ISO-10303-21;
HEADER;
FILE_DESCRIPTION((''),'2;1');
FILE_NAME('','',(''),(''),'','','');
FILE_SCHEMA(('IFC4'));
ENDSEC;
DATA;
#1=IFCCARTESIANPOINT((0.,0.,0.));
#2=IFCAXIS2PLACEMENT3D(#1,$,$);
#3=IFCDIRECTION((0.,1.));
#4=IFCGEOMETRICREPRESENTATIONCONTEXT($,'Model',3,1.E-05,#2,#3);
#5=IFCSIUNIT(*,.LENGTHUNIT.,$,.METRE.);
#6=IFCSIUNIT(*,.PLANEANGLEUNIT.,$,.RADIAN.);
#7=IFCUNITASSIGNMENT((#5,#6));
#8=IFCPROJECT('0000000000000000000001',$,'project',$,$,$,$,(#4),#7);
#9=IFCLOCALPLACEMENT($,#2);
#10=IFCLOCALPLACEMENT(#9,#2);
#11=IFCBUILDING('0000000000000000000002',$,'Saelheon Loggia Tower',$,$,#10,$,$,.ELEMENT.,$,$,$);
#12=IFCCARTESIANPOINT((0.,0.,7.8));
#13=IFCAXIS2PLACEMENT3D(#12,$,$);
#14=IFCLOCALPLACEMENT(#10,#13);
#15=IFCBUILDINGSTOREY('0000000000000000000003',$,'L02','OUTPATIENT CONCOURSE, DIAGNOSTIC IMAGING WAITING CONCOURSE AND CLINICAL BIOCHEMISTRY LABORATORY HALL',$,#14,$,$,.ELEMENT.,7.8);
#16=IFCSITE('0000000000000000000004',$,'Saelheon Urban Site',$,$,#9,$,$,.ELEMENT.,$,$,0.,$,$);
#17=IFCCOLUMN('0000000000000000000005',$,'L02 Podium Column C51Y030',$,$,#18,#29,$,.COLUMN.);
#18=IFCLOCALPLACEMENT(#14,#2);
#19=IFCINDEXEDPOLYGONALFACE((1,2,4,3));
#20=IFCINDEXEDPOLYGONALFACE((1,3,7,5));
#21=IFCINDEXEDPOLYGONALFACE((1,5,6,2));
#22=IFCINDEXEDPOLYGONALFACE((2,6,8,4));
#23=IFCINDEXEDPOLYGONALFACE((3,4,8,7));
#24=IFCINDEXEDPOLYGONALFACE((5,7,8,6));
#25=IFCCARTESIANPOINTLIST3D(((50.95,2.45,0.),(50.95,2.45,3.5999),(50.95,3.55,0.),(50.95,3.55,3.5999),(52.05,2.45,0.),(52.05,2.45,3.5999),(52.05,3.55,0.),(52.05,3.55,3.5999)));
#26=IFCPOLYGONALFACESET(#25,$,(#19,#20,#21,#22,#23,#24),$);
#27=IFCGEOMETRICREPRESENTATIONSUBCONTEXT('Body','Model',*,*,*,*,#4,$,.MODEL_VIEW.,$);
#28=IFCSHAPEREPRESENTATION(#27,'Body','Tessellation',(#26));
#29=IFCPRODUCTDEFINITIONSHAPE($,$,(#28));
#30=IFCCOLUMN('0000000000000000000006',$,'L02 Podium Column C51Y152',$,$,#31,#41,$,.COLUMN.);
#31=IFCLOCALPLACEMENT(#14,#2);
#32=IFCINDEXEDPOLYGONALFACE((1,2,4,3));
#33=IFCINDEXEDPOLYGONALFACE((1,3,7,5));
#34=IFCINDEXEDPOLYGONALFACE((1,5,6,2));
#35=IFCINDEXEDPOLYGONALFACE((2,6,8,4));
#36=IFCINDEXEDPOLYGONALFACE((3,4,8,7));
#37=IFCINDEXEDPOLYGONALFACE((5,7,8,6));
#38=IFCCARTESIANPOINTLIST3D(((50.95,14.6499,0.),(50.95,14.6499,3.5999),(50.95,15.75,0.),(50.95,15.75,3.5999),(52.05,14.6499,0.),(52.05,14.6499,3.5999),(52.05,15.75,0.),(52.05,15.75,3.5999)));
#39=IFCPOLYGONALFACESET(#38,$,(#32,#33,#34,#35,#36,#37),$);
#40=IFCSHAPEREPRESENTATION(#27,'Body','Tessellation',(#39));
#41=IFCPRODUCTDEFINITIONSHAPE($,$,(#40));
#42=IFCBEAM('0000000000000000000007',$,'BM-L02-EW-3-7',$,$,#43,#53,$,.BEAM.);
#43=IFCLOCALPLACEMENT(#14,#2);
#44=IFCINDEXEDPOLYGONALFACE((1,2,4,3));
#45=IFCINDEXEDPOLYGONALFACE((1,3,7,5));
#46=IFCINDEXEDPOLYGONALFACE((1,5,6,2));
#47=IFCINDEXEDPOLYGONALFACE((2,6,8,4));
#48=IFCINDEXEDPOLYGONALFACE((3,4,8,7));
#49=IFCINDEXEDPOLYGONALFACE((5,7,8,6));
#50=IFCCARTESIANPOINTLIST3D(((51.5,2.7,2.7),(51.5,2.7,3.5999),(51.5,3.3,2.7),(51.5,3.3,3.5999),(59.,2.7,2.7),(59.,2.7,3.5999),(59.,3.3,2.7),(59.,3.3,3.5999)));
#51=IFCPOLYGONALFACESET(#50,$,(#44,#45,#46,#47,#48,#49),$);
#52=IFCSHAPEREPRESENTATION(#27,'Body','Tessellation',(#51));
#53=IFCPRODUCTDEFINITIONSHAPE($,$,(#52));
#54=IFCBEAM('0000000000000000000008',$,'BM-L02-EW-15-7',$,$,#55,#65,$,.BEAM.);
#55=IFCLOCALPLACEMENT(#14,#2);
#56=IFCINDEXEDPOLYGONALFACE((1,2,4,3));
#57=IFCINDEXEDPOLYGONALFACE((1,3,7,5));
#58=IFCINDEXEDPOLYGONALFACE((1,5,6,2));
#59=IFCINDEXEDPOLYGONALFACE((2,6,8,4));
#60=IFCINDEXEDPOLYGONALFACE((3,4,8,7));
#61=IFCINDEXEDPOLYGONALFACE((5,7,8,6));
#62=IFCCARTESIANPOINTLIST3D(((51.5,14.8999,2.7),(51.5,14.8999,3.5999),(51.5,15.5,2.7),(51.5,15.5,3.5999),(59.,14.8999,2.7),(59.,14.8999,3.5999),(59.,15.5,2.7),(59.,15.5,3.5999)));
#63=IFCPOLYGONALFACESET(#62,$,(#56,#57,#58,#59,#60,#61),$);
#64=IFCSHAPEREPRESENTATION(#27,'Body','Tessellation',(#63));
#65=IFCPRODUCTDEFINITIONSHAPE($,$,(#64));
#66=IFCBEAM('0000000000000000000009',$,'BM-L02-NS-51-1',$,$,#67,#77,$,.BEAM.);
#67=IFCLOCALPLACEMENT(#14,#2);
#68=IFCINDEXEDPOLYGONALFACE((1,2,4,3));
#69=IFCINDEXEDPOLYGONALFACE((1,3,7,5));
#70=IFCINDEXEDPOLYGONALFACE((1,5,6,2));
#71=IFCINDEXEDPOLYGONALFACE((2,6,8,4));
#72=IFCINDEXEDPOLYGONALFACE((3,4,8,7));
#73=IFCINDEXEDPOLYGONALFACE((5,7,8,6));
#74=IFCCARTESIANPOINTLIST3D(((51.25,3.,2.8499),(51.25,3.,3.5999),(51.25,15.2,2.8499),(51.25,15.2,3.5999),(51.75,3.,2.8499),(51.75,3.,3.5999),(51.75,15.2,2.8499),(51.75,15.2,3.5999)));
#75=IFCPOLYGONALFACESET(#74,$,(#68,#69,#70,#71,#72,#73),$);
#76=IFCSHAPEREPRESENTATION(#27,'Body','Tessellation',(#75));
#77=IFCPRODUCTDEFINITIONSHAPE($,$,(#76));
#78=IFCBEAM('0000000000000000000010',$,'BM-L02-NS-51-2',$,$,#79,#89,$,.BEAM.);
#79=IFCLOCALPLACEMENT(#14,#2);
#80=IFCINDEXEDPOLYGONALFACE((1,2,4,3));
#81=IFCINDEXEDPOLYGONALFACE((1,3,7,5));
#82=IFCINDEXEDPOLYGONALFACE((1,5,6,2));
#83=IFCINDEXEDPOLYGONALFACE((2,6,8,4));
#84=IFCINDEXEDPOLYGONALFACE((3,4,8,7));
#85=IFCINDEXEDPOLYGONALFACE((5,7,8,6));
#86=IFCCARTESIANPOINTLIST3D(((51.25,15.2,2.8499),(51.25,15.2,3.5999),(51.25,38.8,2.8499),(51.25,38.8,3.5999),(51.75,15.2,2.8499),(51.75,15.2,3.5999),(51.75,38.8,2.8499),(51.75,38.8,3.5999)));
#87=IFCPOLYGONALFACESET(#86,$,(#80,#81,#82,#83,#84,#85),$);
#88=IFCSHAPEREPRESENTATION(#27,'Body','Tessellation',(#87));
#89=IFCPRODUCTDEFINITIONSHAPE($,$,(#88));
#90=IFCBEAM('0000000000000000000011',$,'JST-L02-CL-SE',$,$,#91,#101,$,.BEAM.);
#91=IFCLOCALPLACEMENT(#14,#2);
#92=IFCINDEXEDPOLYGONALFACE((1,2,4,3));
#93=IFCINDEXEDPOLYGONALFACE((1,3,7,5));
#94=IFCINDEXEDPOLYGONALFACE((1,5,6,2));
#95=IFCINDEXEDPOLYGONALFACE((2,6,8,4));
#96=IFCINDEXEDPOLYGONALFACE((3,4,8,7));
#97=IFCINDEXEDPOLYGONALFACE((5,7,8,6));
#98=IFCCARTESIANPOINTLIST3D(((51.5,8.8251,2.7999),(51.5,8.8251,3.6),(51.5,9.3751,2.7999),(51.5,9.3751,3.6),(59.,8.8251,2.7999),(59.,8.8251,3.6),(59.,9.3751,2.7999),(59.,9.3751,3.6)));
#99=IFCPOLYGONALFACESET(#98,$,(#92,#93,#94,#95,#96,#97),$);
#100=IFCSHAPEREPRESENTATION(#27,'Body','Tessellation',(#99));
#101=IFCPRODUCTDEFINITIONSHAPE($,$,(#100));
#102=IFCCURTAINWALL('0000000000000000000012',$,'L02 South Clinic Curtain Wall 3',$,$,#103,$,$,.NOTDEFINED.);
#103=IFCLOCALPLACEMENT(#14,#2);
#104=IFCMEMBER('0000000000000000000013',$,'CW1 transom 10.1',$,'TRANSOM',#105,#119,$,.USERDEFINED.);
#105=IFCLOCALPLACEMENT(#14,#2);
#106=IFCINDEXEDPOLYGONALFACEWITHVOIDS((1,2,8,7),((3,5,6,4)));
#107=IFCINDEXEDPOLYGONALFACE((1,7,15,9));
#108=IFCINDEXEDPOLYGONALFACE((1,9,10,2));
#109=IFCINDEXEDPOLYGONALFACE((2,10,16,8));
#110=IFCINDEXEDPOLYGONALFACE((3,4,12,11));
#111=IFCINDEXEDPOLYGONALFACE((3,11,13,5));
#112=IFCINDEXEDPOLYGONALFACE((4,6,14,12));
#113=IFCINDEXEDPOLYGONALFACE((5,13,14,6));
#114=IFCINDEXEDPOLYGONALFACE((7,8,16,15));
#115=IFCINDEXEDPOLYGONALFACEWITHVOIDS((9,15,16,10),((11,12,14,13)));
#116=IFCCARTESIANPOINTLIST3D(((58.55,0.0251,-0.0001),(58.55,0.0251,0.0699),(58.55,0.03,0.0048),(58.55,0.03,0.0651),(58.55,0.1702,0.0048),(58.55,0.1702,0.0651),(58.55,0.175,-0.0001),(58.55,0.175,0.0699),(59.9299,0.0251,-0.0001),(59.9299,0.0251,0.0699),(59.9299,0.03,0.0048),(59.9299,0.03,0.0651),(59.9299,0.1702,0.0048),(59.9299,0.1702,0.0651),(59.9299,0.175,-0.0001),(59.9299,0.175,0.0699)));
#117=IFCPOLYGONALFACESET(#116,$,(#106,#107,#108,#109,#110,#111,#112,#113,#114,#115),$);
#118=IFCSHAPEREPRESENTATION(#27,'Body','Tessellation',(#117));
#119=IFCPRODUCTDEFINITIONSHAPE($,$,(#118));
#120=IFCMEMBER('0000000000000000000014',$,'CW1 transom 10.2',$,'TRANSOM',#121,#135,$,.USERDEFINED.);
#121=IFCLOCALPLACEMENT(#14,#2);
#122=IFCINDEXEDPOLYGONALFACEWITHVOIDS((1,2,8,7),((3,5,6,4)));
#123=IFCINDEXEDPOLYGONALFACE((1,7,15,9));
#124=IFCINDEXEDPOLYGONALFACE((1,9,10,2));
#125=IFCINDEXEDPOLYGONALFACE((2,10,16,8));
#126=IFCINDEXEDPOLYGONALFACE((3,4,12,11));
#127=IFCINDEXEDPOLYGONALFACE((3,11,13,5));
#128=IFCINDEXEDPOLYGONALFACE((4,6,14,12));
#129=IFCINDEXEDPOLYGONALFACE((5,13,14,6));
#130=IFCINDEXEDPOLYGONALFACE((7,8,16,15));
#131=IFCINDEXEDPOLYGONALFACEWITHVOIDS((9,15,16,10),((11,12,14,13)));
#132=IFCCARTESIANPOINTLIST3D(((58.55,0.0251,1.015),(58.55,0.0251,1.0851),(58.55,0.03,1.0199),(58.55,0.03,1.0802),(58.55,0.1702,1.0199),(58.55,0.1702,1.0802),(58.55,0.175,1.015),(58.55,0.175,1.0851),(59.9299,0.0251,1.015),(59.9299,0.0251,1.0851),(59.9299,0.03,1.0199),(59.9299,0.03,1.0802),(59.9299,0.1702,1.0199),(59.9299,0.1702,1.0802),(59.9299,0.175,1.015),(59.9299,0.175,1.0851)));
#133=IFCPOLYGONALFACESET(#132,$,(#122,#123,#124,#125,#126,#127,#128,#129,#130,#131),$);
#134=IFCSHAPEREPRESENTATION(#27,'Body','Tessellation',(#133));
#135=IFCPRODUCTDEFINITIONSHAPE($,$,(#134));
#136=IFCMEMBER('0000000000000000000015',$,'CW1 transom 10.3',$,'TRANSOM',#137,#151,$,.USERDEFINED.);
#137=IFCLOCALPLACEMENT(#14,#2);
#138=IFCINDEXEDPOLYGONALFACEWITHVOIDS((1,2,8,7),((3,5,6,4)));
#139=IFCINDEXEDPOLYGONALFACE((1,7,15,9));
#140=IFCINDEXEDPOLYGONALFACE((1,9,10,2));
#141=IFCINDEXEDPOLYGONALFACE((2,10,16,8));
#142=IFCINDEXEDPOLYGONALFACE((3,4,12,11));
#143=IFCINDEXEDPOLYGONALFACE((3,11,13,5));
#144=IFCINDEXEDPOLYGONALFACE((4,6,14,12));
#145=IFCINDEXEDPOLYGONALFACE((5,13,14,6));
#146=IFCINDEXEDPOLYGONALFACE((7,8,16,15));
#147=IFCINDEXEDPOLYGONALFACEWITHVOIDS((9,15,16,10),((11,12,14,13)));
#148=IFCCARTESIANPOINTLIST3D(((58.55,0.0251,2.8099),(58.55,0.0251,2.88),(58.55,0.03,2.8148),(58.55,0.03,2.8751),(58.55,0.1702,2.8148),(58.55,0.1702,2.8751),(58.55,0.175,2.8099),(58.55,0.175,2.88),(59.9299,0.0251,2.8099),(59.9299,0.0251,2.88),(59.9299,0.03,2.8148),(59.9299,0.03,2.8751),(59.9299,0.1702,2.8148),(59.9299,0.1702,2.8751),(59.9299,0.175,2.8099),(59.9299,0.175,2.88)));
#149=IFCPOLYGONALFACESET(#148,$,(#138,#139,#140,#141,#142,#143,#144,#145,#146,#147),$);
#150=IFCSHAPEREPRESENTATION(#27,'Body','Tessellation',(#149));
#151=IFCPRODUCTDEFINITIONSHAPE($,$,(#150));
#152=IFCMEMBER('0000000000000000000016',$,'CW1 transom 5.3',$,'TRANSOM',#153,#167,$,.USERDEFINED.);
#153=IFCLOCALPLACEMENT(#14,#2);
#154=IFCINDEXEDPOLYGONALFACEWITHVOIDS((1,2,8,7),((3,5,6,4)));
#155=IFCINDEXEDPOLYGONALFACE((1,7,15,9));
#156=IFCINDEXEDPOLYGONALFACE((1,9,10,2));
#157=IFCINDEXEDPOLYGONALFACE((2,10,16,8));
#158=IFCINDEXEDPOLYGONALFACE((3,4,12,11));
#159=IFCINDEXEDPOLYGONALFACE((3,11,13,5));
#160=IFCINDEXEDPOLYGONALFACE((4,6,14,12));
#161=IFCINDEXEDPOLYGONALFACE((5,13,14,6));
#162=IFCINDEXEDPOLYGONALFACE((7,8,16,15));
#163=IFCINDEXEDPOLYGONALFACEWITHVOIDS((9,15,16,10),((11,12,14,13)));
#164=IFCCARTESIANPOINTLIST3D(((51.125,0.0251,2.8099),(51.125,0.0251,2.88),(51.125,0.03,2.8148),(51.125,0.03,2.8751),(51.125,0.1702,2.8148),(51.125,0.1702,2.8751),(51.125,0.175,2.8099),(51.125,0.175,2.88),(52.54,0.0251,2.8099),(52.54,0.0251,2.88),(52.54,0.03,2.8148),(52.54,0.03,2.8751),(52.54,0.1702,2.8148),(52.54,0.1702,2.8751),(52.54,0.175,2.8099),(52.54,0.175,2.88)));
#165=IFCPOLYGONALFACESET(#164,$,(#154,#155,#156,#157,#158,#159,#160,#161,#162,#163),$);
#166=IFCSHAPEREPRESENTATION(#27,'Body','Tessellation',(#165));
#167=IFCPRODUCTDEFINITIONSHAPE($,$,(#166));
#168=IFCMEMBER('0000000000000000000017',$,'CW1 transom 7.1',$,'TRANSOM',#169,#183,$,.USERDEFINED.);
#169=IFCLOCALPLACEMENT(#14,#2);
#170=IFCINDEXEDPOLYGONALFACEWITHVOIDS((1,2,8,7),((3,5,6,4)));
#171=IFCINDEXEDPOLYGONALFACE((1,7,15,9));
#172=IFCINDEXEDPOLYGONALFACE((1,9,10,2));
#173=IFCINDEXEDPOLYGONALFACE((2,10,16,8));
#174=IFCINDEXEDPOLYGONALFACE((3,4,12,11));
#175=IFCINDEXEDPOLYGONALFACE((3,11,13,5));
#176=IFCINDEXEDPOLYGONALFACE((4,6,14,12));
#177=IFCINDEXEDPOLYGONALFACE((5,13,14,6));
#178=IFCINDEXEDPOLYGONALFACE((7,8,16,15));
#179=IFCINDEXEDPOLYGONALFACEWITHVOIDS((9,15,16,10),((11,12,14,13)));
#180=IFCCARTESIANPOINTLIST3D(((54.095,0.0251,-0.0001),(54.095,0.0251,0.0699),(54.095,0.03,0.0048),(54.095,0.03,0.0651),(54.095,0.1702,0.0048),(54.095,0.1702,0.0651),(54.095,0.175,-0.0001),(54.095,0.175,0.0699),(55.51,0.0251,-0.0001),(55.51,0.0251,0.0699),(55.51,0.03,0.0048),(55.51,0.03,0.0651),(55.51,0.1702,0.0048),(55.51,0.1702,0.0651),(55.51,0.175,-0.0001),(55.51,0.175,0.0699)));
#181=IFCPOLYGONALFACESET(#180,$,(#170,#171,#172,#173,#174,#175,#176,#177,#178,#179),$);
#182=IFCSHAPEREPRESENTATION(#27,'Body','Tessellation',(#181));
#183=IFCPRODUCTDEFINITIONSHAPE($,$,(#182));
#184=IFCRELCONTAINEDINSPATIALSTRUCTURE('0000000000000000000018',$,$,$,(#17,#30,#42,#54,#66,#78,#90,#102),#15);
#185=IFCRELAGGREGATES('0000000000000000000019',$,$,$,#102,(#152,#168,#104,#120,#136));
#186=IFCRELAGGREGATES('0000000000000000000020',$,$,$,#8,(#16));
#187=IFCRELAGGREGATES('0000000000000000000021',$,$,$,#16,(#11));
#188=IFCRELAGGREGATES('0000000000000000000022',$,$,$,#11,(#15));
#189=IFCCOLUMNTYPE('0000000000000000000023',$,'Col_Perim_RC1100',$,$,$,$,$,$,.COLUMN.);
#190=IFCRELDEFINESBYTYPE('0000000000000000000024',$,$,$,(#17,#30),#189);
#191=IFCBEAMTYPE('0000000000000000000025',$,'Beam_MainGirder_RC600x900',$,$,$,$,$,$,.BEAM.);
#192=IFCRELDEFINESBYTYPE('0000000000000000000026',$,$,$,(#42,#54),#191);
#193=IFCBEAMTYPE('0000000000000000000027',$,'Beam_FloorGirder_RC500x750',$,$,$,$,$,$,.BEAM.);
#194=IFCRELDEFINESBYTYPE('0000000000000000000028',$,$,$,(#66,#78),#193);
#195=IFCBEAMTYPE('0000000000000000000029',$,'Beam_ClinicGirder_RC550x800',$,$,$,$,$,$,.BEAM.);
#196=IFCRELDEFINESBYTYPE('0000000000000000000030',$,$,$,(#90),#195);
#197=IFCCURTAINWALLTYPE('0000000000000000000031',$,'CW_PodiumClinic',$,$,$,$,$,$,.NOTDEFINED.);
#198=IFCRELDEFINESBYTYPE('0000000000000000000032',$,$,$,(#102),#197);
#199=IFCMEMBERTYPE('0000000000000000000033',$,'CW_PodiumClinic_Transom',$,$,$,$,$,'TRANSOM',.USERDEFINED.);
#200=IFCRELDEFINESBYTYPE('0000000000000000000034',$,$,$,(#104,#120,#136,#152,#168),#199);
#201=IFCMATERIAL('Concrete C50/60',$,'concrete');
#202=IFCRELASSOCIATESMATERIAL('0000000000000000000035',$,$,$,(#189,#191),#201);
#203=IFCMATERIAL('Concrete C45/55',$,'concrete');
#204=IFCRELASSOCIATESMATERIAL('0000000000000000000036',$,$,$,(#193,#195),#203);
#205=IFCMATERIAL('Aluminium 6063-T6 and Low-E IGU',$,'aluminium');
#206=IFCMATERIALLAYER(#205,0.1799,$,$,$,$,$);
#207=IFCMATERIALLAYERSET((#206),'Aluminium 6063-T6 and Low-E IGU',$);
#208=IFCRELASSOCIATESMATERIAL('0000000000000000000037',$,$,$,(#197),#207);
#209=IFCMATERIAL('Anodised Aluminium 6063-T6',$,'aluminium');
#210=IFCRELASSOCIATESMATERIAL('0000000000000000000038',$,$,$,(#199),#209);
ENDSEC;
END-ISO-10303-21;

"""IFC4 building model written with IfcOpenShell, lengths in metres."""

from ifc_helpers import new_model, si_unit, direction, frame, origin, origin_2d, place, context, subcontext, project, spatial, rectangle, hollow_rectangle, extrude, source, transform, mapped, material, layer, layer_set, material_profile, profile_set, type_object, element, aggregate, save


model = new_model("IFC4")

# Units and contexts
model_context = context("Model", 3, precision=1e-05, world=origin(), true_north=direction((0.0, 1.0)))
body_context = subcontext(model_context, "Body", "Model", "MODEL_VIEW")
ifc_project = project(units=[si_unit("LENGTHUNIT", "METRE"), si_unit("PLANEANGLEUNIT", "RADIAN")], contexts=[model_context])

# Site, building, storey
site_placement = place(None, origin())
site = spatial("IfcSite", under=ifc_project, at=site_placement, Name="Saelheon Urban Site", CompositionType="ELEMENT", RefElevation=0.0)
building_placement = place(site_placement, origin())
building = spatial("IfcBuilding", under=site, at=building_placement, Name="Saelheon Loggia Tower", CompositionType="ELEMENT")
storey_placement = place(building_placement, frame((0.0, 0.0, 7.8)))
storey = spatial("IfcBuildingStorey", under=building, at=storey_placement, Name="L02", Description="OUTPATIENT CONCOURSE, DIAGNOSTIC IMAGING WAITING CONCOURSE AND CLINICAL BIOCHEMISTRY LABORATORY HALL", CompositionType="ELEMENT", Elevation=7.8)

# Columns
ifc_material_1 = material(Name="Concrete C50/60", Category="concrete")
ifc_material_profile_1 = material_profile(ifc_material_1, rectangle(XDim=1.1001, YDim=1.1001, at=origin_2d()), Name="RC-1100x1100")
ifc_profile_set_1 = profile_set([ifc_material_profile_1], Name="Concrete C50/60")
column_type = type_object("IfcColumnType", Name="Col_Perim_RC1100", PredefinedType="COLUMN", material=ifc_profile_set_1)
shared_shape_1 = source(origin(), body_context, "Body", "SweptSolid", [
    extrude(rectangle(XDim=1.1001, YDim=1.1001, at=origin_2d()), origin(), (0.0, 0.0, 1.0), 3.5999),
])
for number, where, z_axis, x_axis, name in (
    (1, (51.5, 3.0, 0.0), (0.0, 0.0, 1.0), (1.0, 0.0, 0.0), "L02 Podium Column C51Y030"),
    (2, (51.5, 15.2, 0.0), (0.0, 0.0, 1.0), (1.0, 0.0, 0.0), "L02 Podium Column C51Y152"),
):
    element("IfcColumn", number, at=place(storey_placement, frame(where, z_axis=z_axis, x_axis=x_axis)), inside=storey, type_object=column_type, Name=name, PredefinedType="COLUMN", context=body_context, shape_type="MappedRepresentation", body=[
        mapped(shared_shape_1, transform((0.0, 0.0, 0.0), scale=1.0)),
    ])

# Beams
ifc_material_profile_2 = material_profile(ifc_material_1, rectangle(XDim=0.6001, YDim=0.8999, at=origin_2d()), Name="RC-600x900")
ifc_profile_set_2 = profile_set([ifc_material_profile_2], Name="Concrete C50/60")
beam_type_1 = type_object("IfcBeamType", Name="Beam_MainGirder_RC600x900", PredefinedType="BEAM", material=ifc_profile_set_2)
shared_shape_2 = source(origin(), body_context, "Body", "SweptSolid", [
    extrude(rectangle(XDim=0.6001, YDim=0.8999, at=origin_2d()), origin(), (0.0, 0.0, 1.0), 7.5),
])
for number, where, z_axis, x_axis, name in (
    (3, (51.5, 3.0, 3.1499), (1.0, 0.0, 0.0), (0.0, 1.0, 0.0), "BM-L02-EW-3-7"),
    (4, (51.5, 15.2, 3.1499), (1.0, 0.0, 0.0), (0.0, 1.0, 0.0), "BM-L02-EW-15-7"),
):
    element("IfcBeam", number, at=place(storey_placement, frame(where, z_axis=z_axis, x_axis=x_axis)), inside=storey, type_object=beam_type_1, Name=name, PredefinedType="BEAM", context=body_context, shape_type="MappedRepresentation", body=[
        mapped(shared_shape_2, transform((0.0, 0.0, 0.0), scale=1.0)),
    ])
ifc_material_2 = material(Name="Concrete C45/55", Category="concrete")
ifc_material_profile_3 = material_profile(ifc_material_2, rectangle(XDim=0.5, YDim=0.75, at=origin_2d()), Name="RC-500x750")
ifc_profile_set_3 = profile_set([ifc_material_profile_3], Name="Concrete C45/55")
beam_type_2 = type_object("IfcBeamType", Name="Beam_FloorGirder_RC500x750", PredefinedType="BEAM", material=ifc_profile_set_3)
shared_shape_3 = source(origin(), body_context, "Body", "SweptSolid", [
    extrude(rectangle(XDim=0.5, YDim=0.75, at=origin_2d()), origin(), (0.0, 0.0, 1.0), 12.2),
])
beam_1_placement = place(storey_placement, frame((51.5, 3.0, 3.2249), z_axis=(0.0, 1.0, 0.0), x_axis=(-1.0, 0.0, 0.0)))
element("IfcBeam", 5, at=beam_1_placement, inside=storey, type_object=beam_type_2, Name="BM-L02-NS-51-1", PredefinedType="BEAM", context=body_context, shape_type="MappedRepresentation", body=[
    mapped(shared_shape_3, transform((0.0, 0.0, 0.0), scale=1.0)),
])
shared_shape_4 = source(origin(), body_context, "Body", "SweptSolid", [
    extrude(rectangle(XDim=0.5, YDim=0.75, at=origin_2d()), origin(), (0.0, 0.0, 1.0), 23.6001),
])
beam_2_placement = place(storey_placement, frame((51.5, 15.2, 3.2249), z_axis=(0.0, 1.0, 0.0), x_axis=(-1.0, 0.0, 0.0)))
element("IfcBeam", 6, at=beam_2_placement, inside=storey, type_object=beam_type_2, Name="BM-L02-NS-51-2", PredefinedType="BEAM", context=body_context, shape_type="MappedRepresentation", body=[
    mapped(shared_shape_4, transform((0.0, 0.0, 0.0), scale=1.0)),
])
ifc_material_profile_4 = material_profile(ifc_material_2, rectangle(XDim=0.55, YDim=0.8, at=origin_2d()), Name="RC-550x800")
ifc_profile_set_4 = profile_set([ifc_material_profile_4], Name="Concrete C45/55")
beam_type_3 = type_object("IfcBeamType", Name="Beam_ClinicGirder_RC550x800", PredefinedType="BEAM", material=ifc_profile_set_4)
shared_shape_5 = source(origin(), body_context, "Body", "SweptSolid", [
    extrude(rectangle(XDim=0.55, YDim=0.8, at=origin_2d()), origin(), (0.0, 0.0, 1.0), 7.5),
])
beam_3_placement = place(storey_placement, frame((51.5, 9.1001, 3.2), z_axis=(1.0, 0.0, 0.0), x_axis=(0.0, 1.0, 0.0)))
element("IfcBeam", 7, at=beam_3_placement, inside=storey, type_object=beam_type_3, Name="JST-L02-CL-SE", PredefinedType="BEAM", context=body_context, shape_type="MappedRepresentation", body=[
    mapped(shared_shape_5, transform((0.0, 0.0, 0.0), scale=1.0)),
])

# Curtain wall, members
ifc_material_3 = material(Name="Aluminium 6063-T6 and Low-E IGU", Category="aluminium")
ifc_layer_1 = layer(ifc_material_3, 0.1799)
ifc_layer_set_1 = layer_set([ifc_layer_1], Name="Aluminium 6063-T6 and Low-E IGU")
curtain_wall_type = type_object("IfcCurtainWallType", Name="CW_PodiumClinic", PredefinedType="NOTDEFINED", material=ifc_layer_set_1)
curtain_wall_placement = place(storey_placement, origin())
curtain_wall = element("IfcCurtainWall", 8, at=curtain_wall_placement, inside=storey, type_object=curtain_wall_type, Name="L02 South Clinic Curtain Wall 3", PredefinedType="NOTDEFINED")
ifc_material_4 = material(Name="Anodised Aluminium 6063-T6", Category="aluminium")
ifc_material_profile_5 = material_profile(ifc_material_4, hollow_rectangle(XDim=0.0701, YDim=0.1499, WallThickness=0.0049, at=origin_2d()), Name="RHS-150x70x5")
ifc_profile_set_5 = profile_set([ifc_material_profile_5], Name="Anodised Aluminium 6063-T6")
member_type_1 = type_object("IfcMemberType", Name="CW_PodiumClinic_Transom", ElementType="TRANSOM", PredefinedType="USERDEFINED", material=ifc_profile_set_5)
shared_shape_6 = source(origin(), body_context, "Body", "SweptSolid", [
    extrude(hollow_rectangle(XDim=0.0701, YDim=0.1499, WallThickness=0.0049, at=origin_2d()), origin(), (0.0, 0.0, 1.0), 1.3799),
])
member_1_placement = place(storey_placement, frame((58.55, 0.1001, 0.0349), z_axis=(1.0, 0.0, 0.0), x_axis=(0.0, 0.0, 1.0)))
member_1 = element("IfcMember", 9, at=member_1_placement, type_object=member_type_1, Name="CW1 transom 10.1", ObjectType="TRANSOM", PredefinedType="USERDEFINED", context=body_context, shape_type="MappedRepresentation", body=[
    mapped(shared_shape_6, transform((0.0, 0.0, 0.0), scale=1.0)),
])
member_2_placement = place(storey_placement, frame((58.55, 0.1001, 1.05), z_axis=(1.0, 0.0, 0.0), x_axis=(0.0, 0.0, 1.0)))
member_2 = element("IfcMember", 10, at=member_2_placement, type_object=member_type_1, Name="CW1 transom 10.2", ObjectType="TRANSOM", PredefinedType="USERDEFINED", context=body_context, shape_type="MappedRepresentation", body=[
    mapped(shared_shape_6, transform((0.0, 0.0, 0.0), scale=1.0)),
])
member_3_placement = place(storey_placement, frame((58.55, 0.1001, 2.845), z_axis=(1.0, 0.0, 0.0), x_axis=(0.0, 0.0, 1.0)))
member_3 = element("IfcMember", 11, at=member_3_placement, type_object=member_type_1, Name="CW1 transom 10.3", ObjectType="TRANSOM", PredefinedType="USERDEFINED", context=body_context, shape_type="MappedRepresentation", body=[
    mapped(shared_shape_6, transform((0.0, 0.0, 0.0), scale=1.0)),
])
shared_shape_7 = source(origin(), body_context, "Body", "SweptSolid", [
    extrude(hollow_rectangle(XDim=0.0701, YDim=0.1499, WallThickness=0.0049, at=origin_2d()), origin(), (0.0, 0.0, 1.0), 1.415),
])
member_4_placement = place(storey_placement, frame((51.125, 0.1001, 2.845), z_axis=(1.0, 0.0, 0.0), x_axis=(0.0, 0.0, 1.0)))
member_4 = element("IfcMember", 12, at=member_4_placement, type_object=member_type_1, Name="CW1 transom 5.3", ObjectType="TRANSOM", PredefinedType="USERDEFINED", context=body_context, shape_type="MappedRepresentation", body=[
    mapped(shared_shape_7, transform((0.0, 0.0, 0.0), scale=1.0)),
])
member_5_placement = place(storey_placement, frame((54.095, 0.1001, 0.0349), z_axis=(1.0, 0.0, 0.0), x_axis=(0.0, 0.0, 1.0)))
member_5 = element("IfcMember", 13, at=member_5_placement, type_object=member_type_1, Name="CW1 transom 7.1", ObjectType="TRANSOM", PredefinedType="USERDEFINED", context=body_context, shape_type="MappedRepresentation", body=[
    mapped(shared_shape_7, transform((0.0, 0.0, 0.0), scale=1.0)),
])
aggregate(curtain_wall, [member_4, member_5, member_1, member_2, member_3])

save(model, "model.ifc")
